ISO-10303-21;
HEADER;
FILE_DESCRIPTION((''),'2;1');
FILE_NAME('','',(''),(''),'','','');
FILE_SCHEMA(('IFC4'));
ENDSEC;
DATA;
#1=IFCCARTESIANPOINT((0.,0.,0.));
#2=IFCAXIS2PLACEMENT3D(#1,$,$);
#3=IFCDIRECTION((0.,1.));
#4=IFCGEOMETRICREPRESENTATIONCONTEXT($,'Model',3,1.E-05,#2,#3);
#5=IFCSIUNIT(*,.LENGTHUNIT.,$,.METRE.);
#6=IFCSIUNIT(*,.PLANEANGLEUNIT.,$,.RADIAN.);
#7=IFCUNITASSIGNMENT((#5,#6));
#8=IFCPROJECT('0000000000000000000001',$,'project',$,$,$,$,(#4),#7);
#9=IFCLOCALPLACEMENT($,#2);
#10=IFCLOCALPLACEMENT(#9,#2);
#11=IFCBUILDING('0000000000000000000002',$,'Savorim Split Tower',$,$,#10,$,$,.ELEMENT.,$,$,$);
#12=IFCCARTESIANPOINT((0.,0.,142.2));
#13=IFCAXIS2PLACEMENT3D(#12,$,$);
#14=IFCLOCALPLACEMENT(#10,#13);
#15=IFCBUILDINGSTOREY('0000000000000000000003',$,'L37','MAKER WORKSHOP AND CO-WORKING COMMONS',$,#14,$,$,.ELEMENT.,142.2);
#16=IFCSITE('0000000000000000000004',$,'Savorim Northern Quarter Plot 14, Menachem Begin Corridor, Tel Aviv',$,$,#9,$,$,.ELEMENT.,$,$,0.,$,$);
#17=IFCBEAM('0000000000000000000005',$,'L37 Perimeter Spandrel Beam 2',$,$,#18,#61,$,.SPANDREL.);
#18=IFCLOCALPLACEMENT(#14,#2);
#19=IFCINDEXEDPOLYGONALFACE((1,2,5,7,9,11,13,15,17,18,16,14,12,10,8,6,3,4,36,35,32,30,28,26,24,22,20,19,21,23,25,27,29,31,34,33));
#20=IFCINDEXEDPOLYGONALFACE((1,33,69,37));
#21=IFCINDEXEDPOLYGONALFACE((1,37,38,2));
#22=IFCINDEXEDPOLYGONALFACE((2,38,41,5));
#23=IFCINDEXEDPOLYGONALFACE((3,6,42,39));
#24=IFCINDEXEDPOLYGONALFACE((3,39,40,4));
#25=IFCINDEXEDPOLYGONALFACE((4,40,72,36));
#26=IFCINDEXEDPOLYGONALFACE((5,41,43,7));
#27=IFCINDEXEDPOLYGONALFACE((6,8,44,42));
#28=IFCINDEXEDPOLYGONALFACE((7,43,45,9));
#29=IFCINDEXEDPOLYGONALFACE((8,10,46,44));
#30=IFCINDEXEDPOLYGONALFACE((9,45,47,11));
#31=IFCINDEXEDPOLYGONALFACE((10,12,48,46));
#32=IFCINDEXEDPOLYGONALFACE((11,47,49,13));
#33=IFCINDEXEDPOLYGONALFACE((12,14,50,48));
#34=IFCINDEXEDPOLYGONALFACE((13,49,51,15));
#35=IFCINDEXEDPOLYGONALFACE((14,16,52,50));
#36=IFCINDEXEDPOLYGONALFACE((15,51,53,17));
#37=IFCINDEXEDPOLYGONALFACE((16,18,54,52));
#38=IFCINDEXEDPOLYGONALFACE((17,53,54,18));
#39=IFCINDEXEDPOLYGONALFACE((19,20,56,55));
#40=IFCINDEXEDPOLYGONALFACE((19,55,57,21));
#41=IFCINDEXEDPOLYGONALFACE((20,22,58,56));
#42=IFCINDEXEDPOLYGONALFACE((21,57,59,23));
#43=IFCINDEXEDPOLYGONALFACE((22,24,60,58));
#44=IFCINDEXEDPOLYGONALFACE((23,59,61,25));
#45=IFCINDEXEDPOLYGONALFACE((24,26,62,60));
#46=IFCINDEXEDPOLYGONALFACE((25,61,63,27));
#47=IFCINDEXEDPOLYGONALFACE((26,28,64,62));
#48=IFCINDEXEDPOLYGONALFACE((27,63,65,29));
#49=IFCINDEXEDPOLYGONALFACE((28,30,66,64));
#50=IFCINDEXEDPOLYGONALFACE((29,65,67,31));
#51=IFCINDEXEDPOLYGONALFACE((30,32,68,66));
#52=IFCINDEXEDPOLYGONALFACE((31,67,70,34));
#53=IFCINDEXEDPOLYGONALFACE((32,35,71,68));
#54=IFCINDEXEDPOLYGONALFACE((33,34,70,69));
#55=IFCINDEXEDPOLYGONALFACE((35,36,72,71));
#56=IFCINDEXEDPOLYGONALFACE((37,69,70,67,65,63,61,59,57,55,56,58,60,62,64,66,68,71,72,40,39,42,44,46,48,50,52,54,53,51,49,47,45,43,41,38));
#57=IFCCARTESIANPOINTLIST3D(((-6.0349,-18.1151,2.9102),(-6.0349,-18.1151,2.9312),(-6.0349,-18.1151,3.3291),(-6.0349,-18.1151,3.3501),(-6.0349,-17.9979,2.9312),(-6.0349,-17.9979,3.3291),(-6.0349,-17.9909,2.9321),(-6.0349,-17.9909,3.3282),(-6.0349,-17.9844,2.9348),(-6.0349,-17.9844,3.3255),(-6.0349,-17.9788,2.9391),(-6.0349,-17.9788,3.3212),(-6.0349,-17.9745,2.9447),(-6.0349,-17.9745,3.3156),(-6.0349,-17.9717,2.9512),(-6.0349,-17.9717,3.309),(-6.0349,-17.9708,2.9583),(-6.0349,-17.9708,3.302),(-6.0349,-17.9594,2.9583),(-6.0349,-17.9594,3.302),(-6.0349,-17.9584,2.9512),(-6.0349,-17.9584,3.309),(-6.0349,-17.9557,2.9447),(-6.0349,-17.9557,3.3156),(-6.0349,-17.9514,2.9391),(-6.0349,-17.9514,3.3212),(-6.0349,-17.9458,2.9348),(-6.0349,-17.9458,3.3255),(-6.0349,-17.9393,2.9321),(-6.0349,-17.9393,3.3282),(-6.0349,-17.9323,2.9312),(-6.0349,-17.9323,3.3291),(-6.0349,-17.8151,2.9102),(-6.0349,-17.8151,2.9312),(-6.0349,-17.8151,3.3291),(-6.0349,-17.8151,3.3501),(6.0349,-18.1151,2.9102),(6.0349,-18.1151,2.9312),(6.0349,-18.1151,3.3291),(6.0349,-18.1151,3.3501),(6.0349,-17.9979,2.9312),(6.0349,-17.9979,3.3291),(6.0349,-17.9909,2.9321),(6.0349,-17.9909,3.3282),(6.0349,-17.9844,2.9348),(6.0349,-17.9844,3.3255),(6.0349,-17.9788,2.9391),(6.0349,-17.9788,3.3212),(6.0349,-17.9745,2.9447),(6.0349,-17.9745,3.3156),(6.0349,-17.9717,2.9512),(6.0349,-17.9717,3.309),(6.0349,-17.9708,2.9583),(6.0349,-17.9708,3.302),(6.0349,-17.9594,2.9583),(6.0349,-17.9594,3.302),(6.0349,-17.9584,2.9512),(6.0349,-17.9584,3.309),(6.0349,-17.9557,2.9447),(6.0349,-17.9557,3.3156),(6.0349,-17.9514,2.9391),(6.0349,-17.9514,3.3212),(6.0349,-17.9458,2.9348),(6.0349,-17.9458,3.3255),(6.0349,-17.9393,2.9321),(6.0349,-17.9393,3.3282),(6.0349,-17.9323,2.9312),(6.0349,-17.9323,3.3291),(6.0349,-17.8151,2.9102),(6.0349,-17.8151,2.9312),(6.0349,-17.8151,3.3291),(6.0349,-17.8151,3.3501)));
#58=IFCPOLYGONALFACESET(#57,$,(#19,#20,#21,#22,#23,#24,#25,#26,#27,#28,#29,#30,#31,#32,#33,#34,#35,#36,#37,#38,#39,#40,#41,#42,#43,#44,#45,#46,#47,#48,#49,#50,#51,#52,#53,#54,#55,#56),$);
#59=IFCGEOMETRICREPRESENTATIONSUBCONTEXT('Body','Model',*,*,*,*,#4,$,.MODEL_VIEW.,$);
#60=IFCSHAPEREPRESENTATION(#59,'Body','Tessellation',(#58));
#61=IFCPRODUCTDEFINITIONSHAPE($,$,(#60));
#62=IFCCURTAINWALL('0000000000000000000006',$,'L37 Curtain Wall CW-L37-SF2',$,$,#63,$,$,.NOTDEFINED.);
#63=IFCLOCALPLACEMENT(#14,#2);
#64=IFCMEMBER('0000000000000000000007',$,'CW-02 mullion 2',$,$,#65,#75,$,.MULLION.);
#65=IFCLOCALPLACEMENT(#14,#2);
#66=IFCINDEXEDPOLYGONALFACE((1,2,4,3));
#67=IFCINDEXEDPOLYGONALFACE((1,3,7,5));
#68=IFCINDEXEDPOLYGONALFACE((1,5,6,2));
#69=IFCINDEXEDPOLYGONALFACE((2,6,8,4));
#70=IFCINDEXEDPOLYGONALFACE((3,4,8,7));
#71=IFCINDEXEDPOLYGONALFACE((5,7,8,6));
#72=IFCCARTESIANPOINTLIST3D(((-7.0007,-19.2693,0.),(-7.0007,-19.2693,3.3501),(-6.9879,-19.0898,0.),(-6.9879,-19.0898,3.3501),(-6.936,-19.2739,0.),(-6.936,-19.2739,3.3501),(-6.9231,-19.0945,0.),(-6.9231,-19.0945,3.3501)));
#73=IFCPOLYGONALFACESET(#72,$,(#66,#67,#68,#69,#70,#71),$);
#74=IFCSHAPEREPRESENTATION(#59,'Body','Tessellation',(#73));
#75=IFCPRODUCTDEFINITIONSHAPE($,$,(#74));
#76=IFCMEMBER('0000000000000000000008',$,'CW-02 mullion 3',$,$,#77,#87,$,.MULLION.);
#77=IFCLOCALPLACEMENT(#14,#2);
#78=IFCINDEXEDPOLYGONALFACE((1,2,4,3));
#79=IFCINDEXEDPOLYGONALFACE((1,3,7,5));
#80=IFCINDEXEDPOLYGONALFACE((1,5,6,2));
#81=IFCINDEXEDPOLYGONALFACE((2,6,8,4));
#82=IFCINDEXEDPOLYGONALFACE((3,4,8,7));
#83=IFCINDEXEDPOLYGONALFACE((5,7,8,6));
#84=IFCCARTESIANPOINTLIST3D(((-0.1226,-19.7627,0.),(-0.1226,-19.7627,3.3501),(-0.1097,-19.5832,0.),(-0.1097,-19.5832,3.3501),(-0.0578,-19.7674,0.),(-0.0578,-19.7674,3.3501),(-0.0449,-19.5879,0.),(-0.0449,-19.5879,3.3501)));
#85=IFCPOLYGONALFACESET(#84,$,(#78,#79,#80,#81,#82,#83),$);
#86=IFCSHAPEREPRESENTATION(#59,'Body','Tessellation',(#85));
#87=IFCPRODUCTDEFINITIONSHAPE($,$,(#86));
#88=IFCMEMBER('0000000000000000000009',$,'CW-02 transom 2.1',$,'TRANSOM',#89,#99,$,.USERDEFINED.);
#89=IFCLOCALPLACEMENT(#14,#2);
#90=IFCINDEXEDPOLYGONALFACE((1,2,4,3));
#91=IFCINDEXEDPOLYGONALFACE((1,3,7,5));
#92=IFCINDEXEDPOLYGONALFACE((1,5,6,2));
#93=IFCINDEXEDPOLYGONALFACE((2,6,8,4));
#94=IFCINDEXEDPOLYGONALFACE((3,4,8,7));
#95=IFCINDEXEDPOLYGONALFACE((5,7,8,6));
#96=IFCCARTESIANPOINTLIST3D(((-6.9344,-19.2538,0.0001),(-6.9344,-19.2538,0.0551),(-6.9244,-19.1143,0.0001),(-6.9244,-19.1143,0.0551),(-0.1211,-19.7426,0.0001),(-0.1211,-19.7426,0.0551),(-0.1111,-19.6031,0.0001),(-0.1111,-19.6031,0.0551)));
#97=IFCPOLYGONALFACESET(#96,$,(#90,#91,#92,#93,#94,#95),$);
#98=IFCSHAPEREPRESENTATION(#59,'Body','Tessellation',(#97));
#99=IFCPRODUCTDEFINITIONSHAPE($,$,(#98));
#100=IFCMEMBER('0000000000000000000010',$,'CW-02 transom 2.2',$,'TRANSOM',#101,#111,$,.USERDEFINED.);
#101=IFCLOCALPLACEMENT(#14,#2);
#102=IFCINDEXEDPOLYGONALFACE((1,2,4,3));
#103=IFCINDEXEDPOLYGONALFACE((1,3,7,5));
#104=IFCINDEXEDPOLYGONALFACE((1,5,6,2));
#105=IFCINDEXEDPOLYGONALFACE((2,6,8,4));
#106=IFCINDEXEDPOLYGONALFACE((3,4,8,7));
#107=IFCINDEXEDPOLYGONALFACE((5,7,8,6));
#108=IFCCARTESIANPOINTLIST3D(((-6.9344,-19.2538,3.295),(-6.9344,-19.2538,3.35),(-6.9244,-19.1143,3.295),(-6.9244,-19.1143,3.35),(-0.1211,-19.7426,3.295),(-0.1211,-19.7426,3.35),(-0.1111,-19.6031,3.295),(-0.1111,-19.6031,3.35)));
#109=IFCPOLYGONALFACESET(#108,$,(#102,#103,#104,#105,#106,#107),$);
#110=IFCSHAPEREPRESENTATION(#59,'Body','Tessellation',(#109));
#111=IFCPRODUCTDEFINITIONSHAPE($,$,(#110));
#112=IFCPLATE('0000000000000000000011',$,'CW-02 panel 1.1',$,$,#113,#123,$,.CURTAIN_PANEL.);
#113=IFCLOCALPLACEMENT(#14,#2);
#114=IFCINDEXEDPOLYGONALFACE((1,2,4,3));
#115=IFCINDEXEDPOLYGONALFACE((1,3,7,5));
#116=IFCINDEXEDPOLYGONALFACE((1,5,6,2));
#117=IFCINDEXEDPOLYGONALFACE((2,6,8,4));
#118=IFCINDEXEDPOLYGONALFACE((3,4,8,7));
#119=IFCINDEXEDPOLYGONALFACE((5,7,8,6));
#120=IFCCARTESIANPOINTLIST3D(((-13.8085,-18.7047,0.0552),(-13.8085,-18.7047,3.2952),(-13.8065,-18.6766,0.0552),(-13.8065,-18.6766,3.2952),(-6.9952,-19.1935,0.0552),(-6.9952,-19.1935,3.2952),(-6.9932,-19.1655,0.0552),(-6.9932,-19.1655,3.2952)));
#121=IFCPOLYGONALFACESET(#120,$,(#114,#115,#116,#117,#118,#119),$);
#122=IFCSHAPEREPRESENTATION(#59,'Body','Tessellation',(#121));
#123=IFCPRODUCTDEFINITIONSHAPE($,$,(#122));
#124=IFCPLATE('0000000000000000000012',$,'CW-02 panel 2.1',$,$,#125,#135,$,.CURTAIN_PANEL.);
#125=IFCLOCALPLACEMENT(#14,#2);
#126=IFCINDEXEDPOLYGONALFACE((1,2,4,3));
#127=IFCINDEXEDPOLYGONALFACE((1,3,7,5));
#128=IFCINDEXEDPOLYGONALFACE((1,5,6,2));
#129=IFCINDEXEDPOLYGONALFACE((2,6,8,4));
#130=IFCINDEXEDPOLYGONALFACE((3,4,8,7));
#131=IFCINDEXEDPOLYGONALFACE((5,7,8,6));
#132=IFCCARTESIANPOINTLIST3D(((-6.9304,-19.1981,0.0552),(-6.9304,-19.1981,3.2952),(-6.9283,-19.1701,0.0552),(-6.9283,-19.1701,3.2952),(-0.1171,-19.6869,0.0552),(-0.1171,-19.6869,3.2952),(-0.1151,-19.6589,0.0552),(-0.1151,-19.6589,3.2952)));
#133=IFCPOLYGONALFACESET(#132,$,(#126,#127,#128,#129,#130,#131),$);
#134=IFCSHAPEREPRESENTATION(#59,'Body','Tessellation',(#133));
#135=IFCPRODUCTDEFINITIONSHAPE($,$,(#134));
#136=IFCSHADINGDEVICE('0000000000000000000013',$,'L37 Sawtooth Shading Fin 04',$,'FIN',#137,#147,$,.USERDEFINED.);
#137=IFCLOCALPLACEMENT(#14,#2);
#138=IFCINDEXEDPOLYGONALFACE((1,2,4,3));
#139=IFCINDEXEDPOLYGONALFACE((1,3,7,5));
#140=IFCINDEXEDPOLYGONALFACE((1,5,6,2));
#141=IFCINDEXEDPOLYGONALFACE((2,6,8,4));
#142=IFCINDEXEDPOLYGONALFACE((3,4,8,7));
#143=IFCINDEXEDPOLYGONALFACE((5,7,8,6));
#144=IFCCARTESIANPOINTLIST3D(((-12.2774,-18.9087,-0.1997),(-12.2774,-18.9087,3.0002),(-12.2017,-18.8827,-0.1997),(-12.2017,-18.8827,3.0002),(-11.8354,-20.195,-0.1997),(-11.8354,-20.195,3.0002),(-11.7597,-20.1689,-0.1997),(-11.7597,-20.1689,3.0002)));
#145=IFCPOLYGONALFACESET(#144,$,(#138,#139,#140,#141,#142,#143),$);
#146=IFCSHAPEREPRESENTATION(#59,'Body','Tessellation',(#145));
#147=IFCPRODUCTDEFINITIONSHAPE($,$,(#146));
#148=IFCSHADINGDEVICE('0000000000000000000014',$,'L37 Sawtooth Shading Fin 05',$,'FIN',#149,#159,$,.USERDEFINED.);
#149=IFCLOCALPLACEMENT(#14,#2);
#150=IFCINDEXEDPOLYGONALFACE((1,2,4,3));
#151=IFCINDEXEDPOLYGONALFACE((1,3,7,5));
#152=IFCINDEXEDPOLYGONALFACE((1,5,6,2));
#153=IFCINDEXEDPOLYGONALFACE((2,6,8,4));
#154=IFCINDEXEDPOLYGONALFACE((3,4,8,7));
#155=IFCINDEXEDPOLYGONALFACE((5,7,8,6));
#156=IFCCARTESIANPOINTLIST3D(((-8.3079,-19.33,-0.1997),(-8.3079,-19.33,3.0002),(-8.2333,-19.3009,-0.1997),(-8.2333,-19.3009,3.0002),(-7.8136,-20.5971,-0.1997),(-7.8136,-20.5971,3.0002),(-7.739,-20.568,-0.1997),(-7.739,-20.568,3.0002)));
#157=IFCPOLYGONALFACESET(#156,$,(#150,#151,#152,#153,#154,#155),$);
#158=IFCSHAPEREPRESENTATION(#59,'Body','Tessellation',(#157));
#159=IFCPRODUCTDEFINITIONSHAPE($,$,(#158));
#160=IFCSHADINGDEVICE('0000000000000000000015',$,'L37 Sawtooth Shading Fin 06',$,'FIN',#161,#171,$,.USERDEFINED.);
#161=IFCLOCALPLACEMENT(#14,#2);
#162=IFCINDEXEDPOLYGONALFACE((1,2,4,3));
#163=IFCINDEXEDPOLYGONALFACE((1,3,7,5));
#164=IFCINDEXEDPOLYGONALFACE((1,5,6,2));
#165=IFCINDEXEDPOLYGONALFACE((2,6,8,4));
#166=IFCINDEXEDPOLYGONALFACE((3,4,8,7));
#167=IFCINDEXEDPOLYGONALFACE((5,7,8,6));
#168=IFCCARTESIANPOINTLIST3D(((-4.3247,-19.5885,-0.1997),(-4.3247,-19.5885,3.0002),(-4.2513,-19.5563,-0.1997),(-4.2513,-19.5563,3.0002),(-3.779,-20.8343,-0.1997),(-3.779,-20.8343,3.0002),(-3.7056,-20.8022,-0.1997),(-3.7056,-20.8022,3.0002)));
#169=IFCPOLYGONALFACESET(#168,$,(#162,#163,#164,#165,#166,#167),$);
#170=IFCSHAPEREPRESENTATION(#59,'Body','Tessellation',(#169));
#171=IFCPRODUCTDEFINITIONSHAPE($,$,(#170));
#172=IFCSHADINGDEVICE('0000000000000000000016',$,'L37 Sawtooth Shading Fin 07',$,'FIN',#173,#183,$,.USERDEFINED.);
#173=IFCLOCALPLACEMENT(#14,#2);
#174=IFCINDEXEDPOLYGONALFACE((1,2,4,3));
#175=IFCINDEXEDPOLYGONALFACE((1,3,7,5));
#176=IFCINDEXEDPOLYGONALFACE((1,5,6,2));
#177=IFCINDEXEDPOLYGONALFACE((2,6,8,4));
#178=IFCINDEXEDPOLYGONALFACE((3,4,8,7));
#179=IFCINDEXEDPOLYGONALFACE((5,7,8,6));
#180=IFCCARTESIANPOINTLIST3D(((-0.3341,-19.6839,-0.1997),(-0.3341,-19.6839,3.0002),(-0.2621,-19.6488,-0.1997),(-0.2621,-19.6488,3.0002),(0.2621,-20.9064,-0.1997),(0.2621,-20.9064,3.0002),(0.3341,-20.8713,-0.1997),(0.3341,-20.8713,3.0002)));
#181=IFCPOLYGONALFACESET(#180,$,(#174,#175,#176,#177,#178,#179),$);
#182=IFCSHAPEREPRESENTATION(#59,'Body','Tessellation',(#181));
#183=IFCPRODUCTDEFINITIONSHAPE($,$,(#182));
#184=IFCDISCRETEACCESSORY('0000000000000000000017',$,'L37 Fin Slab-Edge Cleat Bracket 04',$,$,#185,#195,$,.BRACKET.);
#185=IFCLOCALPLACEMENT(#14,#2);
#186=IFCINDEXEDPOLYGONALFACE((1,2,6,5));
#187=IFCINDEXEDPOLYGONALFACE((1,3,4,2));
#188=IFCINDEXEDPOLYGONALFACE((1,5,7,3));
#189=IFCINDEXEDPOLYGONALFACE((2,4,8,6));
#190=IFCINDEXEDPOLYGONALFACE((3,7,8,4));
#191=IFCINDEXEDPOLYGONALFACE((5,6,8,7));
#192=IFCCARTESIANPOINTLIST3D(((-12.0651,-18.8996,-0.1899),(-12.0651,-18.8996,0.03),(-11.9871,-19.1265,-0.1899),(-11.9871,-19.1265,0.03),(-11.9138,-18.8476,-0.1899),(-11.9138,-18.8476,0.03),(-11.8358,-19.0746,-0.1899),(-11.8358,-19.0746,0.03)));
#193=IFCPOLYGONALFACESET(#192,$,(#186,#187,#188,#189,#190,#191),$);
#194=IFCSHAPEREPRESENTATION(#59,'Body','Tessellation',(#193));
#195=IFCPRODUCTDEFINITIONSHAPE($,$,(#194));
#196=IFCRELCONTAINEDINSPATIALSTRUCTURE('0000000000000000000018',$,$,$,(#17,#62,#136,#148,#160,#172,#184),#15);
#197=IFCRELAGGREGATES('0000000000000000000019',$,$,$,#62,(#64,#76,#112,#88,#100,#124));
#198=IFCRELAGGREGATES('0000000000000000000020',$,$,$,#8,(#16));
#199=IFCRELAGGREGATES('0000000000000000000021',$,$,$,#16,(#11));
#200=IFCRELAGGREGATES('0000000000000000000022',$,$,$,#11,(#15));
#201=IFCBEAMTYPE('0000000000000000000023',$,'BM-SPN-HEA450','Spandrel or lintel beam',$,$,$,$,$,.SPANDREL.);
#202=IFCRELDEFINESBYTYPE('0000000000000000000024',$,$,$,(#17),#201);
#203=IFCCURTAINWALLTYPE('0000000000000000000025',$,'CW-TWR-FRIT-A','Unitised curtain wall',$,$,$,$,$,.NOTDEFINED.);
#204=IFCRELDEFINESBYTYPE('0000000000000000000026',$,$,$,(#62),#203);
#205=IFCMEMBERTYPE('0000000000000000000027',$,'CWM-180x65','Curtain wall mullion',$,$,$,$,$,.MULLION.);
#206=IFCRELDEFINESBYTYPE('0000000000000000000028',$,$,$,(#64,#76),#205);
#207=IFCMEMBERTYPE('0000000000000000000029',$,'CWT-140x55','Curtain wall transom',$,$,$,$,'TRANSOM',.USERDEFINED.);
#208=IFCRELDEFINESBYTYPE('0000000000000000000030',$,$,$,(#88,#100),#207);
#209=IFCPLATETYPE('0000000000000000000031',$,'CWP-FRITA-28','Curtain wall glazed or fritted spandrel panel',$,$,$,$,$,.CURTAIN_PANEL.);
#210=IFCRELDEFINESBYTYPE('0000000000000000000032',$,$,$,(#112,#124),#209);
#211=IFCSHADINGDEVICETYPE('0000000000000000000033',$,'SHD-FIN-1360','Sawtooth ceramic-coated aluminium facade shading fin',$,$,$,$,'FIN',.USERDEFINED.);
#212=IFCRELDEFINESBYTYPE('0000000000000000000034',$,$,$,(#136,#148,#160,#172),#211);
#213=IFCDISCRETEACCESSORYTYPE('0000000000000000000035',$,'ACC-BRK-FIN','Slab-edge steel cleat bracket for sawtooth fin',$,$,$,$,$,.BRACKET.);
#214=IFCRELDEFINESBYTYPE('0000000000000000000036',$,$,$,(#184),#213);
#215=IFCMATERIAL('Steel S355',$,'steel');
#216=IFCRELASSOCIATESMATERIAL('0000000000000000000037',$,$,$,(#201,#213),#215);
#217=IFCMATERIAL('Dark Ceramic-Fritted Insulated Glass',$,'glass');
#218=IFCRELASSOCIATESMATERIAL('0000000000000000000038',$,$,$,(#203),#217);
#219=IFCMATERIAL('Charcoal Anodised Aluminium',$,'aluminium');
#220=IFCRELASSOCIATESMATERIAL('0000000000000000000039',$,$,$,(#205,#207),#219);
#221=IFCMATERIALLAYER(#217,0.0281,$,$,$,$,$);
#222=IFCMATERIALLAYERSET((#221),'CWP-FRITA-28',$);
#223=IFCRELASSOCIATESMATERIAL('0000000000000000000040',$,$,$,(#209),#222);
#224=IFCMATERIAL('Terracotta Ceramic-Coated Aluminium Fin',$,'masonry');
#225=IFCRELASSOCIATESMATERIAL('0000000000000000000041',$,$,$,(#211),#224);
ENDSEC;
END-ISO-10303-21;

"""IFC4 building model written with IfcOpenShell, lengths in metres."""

from ifc_helpers import new_model, si_unit, direction, frame, origin, origin_2d, place, context, subcontext, project, spatial, rectangle, i_section, extrude, material, layer, layer_set, material_profile, profile_set, type_object, element, aggregate, save


model = new_model("IFC4")

# Units and contexts
model_context = context("Model", 3, precision=1e-05, world=origin(), true_north=direction((0.0, 1.0)))
body_context = subcontext(model_context, "Body", "Model", "MODEL_VIEW")
ifc_project = project(units=[si_unit("LENGTHUNIT", "METRE"), si_unit("PLANEANGLEUNIT", "RADIAN")], contexts=[model_context])

# Site, building, storey
site_placement = place(None, origin())
site = spatial("IfcSite", under=ifc_project, at=site_placement, Name="Savorim Northern Quarter Plot 14, Menachem Begin Corridor, Tel Aviv", CompositionType="ELEMENT", RefElevation=0.0)
building_placement = place(site_placement, origin())
building = spatial("IfcBuilding", under=site, at=building_placement, Name="Savorim Split Tower", CompositionType="ELEMENT")
storey_placement = place(building_placement, frame((0.0, 0.0, 142.2)))
storey = spatial("IfcBuildingStorey", under=building, at=storey_placement, Name="L37", Description="MAKER WORKSHOP AND CO-WORKING COMMONS", CompositionType="ELEMENT", Elevation=142.2)

# Beam
ifc_material_1 = material(Name="Steel S355", Category="steel")
ifc_material_profile_1 = material_profile(ifc_material_1, i_section(OverallWidth=0.3, OverallDepth=0.4399, WebThickness=0.0115, FlangeThickness=0.021, FilletRadius=0.0271, at=origin_2d()), Name="HEA 450")
ifc_profile_set_1 = profile_set([ifc_material_profile_1], Name="Steel S355")
beam_type_1 = type_object("IfcBeamType", Name="BM-SPN-HEA450", Description="Spandrel or lintel beam", PredefinedType="SPANDREL", material=ifc_profile_set_1)
beam_1_placement = place(storey_placement, frame((-6.0349, -17.9651, 3.1301), z_axis=(1.0, 0.0, 0.0), x_axis=(0.0, 1.0, 0.0)))
element("IfcBeam", 1, at=beam_1_placement, inside=storey, type_object=beam_type_1, Name="L37 Perimeter Spandrel Beam 2", PredefinedType="SPANDREL", context=body_context, shape_type="SweptSolid", body=[
    extrude(i_section(OverallWidth=0.3, OverallDepth=0.4399, WebThickness=0.0115, FlangeThickness=0.021, FilletRadius=0.0271, at=origin_2d()), origin(), (0.0, 0.0, 1.0), 12.0698),
])

# Curtain wall, members, plates
ifc_material_2 = material(Name="Dark Ceramic-Fritted Insulated Glass", Category="glass")
curtain_wall_type = type_object("IfcCurtainWallType", Name="CW-TWR-FRIT-A", Description="Unitised curtain wall", PredefinedType="NOTDEFINED", material=ifc_material_2)
curtain_wall_placement = place(storey_placement, origin())
curtain_wall = element("IfcCurtainWall", 2, at=curtain_wall_placement, inside=storey, type_object=curtain_wall_type, Name="L37 Curtain Wall CW-L37-SF2", PredefinedType="NOTDEFINED")
ifc_material_3 = material(Name="Charcoal Anodised Aluminium", Category="aluminium")
ifc_material_profile_2 = material_profile(ifc_material_3, rectangle(XDim=0.1799, YDim=0.0649, at=origin_2d()), Name="ALU-M 180x65")
ifc_profile_set_2 = profile_set([ifc_material_profile_2], Name="Charcoal Anodised Aluminium")
member_type_1 = type_object("IfcMemberType", Name="CWM-180x65", Description="Curtain wall mullion", PredefinedType="MULLION", material=ifc_profile_set_2)
member_1_placement = place(storey_placement, frame((-6.9619, -19.1819, 0.0), z_axis=(0.0, 0.0, 1.0), x_axis=(0.071561, 0.997436, 0.0)))
member_1 = element("IfcMember", 3, at=member_1_placement, type_object=member_type_1, Name="CW-02 mullion 2", PredefinedType="MULLION", context=body_context, shape_type="SweptSolid", body=[
    extrude(rectangle(XDim=0.1799, YDim=0.0649, at=origin_2d()), origin(), (0.0, 0.0, 1.0), 3.3501),
])
member_2_placement = place(storey_placement, frame((-0.0837, -19.6753, 0.0), z_axis=(0.0, 0.0, 1.0), x_axis=(0.071561, 0.997436, 0.0)))
member_2 = element("IfcMember", 4, at=member_2_placement, type_object=member_type_1, Name="CW-02 mullion 3", PredefinedType="MULLION", context=body_context, shape_type="SweptSolid", body=[
    extrude(rectangle(XDim=0.1799, YDim=0.0649, at=origin_2d()), origin(), (0.0, 0.0, 1.0), 3.3501),
])
ifc_material_profile_3 = material_profile(ifc_material_3, rectangle(XDim=0.1399, YDim=0.0549, at=origin_2d()), Name="ALU-T 140x55")
ifc_profile_set_3 = profile_set([ifc_material_profile_3], Name="Charcoal Anodised Aluminium")
member_type_2 = type_object("IfcMemberType", Name="CWT-140x55", Description="Curtain wall transom", ElementType="TRANSOM", PredefinedType="USERDEFINED", material=ifc_profile_set_3)
member_3_placement = place(storey_placement, frame((-6.9294, -19.1841, 0.0276), z_axis=(0.997437, -0.071554, 0.0), x_axis=(0.071554, 0.997437, 0.0)))
member_3 = element("IfcMember", 5, at=member_3_placement, type_object=member_type_2, Name="CW-02 transom 2.1", ObjectType="TRANSOM", PredefinedType="USERDEFINED", context=body_context, shape_type="SweptSolid", body=[
    extrude(rectangle(XDim=0.1399, YDim=0.0549, at=origin_2d()), origin(), (0.0, 0.0, 1.0), 6.8308),
])
member_4_placement = place(storey_placement, frame((-6.9294, -19.1841, 3.3225), z_axis=(0.997437, -0.071554, 0.0), x_axis=(0.071554, 0.997437, 0.0)))
member_4 = element("IfcMember", 6, at=member_4_placement, type_object=member_type_2, Name="CW-02 transom 2.2", ObjectType="TRANSOM", PredefinedType="USERDEFINED", context=body_context, shape_type="SweptSolid", body=[
    extrude(rectangle(XDim=0.1399, YDim=0.0549, at=origin_2d()), origin(), (0.0, 0.0, 1.0), 6.8308),
])
ifc_layer = layer(ifc_material_2, 0.0281)
ifc_layer_set = layer_set([ifc_layer], Name="CWP-FRITA-28")
plate_type = type_object("IfcPlateType", Name="CWP-FRITA-28", Description="Curtain wall glazed or fritted spandrel panel", PredefinedType="CURTAIN_PANEL", material=ifc_layer_set)
plate_1_placement = place(storey_placement, frame((-10.4009, -18.9351, 0.0552), z_axis=(0.0, 0.0, 1.0), x_axis=(0.997436, -0.071561, 0.0)))
plate_1 = element("IfcPlate", 7, at=plate_1_placement, type_object=plate_type, Name="CW-02 panel 1.1", PredefinedType="CURTAIN_PANEL", context=body_context, shape_type="SweptSolid", body=[
    extrude(rectangle(XDim=6.8308, YDim=0.0281, at=origin_2d()), origin(), (0.0, 0.0, 1.0), 3.24),
])
plate_2_placement = place(storey_placement, frame((-3.5227, -19.4285, 0.0552), z_axis=(0.0, 0.0, 1.0), x_axis=(0.997436, -0.071561, 0.0)))
plate_2 = element("IfcPlate", 8, at=plate_2_placement, type_object=plate_type, Name="CW-02 panel 2.1", PredefinedType="CURTAIN_PANEL", context=body_context, shape_type="SweptSolid", body=[
    extrude(rectangle(XDim=6.8308, YDim=0.0281, at=origin_2d()), origin(), (0.0, 0.0, 1.0), 3.24),
])
aggregate(curtain_wall, [member_1, member_2, plate_1, member_3, member_4, plate_2])

# Shading devices
ifc_material_4 = material(Name="Terracotta Ceramic-Coated Aluminium Fin", Category="masonry")
shading_device_type = type_object("IfcShadingDeviceType", Name="SHD-FIN-1360", Description="Sawtooth ceramic-coated aluminium facade shading fin", ElementType="FIN", PredefinedType="USERDEFINED", material=ifc_material_4)
for number, where, z_axis, x_axis, name in (
    (9, (-12.0186, -19.5388, -0.1997), (0.0, 0.0, 1.0), (0.324994, -0.945716, 0.0), "L37 Sawtooth Shading Fin 04"),
    (10, (-8.0234, -19.949, -0.1997), (0.0, 0.0, 1.0), (0.363415, -0.931627, 0.0), "L37 Sawtooth Shading Fin 05"),
    (11, (-4.0151, -20.1953, -0.1997), (0.0, 0.0, 1.0), (0.40123, -0.915977, 0.0), "L37 Sawtooth Shading Fin 06"),
    (12, (0.0, -20.2776, -0.1997), (0.0, 0.0, 1.0), (0.438371, -0.898794, 0.0), "L37 Sawtooth Shading Fin 07"),
):
    element("IfcShadingDevice", number, at=place(storey_placement, frame(where, z_axis=z_axis, x_axis=x_axis)), inside=storey, type_object=shading_device_type, Name=name, ObjectType="FIN", PredefinedType="USERDEFINED", context=body_context, shape_type="SweptSolid", body=[
        extrude(rectangle(XDim=1.3601, YDim=0.0801, at=origin_2d()), origin(), (0.0, 0.0, 1.0), 3.2),
    ])

# Discrete accessory
discrete_accessory_type = type_object("IfcDiscreteAccessoryType", Name="ACC-BRK-FIN", Description="Slab-edge steel cleat bracket for sawtooth fin", PredefinedType="BRACKET", material=ifc_material_1)
for number, where, z_axis, x_axis, name in (
    (13, (-11.9504, -18.9871, -0.1899), (0.0, 0.0, 1.0), (0.324994, -0.945716, 0.0), "L37 Fin Slab-Edge Cleat Bracket 04"),
):
    element("IfcDiscreteAccessory", number, at=place(storey_placement, frame(where, z_axis=z_axis, x_axis=x_axis)), inside=storey, type_object=discrete_accessory_type, Name=name, PredefinedType="BRACKET", context=body_context, shape_type="SweptSolid", body=[
        extrude(rectangle(XDim=0.24, YDim=0.1599, at=origin_2d()), origin(), (0.0, 0.0, 1.0), 0.22),
    ])

save(model, "model.ifc")
